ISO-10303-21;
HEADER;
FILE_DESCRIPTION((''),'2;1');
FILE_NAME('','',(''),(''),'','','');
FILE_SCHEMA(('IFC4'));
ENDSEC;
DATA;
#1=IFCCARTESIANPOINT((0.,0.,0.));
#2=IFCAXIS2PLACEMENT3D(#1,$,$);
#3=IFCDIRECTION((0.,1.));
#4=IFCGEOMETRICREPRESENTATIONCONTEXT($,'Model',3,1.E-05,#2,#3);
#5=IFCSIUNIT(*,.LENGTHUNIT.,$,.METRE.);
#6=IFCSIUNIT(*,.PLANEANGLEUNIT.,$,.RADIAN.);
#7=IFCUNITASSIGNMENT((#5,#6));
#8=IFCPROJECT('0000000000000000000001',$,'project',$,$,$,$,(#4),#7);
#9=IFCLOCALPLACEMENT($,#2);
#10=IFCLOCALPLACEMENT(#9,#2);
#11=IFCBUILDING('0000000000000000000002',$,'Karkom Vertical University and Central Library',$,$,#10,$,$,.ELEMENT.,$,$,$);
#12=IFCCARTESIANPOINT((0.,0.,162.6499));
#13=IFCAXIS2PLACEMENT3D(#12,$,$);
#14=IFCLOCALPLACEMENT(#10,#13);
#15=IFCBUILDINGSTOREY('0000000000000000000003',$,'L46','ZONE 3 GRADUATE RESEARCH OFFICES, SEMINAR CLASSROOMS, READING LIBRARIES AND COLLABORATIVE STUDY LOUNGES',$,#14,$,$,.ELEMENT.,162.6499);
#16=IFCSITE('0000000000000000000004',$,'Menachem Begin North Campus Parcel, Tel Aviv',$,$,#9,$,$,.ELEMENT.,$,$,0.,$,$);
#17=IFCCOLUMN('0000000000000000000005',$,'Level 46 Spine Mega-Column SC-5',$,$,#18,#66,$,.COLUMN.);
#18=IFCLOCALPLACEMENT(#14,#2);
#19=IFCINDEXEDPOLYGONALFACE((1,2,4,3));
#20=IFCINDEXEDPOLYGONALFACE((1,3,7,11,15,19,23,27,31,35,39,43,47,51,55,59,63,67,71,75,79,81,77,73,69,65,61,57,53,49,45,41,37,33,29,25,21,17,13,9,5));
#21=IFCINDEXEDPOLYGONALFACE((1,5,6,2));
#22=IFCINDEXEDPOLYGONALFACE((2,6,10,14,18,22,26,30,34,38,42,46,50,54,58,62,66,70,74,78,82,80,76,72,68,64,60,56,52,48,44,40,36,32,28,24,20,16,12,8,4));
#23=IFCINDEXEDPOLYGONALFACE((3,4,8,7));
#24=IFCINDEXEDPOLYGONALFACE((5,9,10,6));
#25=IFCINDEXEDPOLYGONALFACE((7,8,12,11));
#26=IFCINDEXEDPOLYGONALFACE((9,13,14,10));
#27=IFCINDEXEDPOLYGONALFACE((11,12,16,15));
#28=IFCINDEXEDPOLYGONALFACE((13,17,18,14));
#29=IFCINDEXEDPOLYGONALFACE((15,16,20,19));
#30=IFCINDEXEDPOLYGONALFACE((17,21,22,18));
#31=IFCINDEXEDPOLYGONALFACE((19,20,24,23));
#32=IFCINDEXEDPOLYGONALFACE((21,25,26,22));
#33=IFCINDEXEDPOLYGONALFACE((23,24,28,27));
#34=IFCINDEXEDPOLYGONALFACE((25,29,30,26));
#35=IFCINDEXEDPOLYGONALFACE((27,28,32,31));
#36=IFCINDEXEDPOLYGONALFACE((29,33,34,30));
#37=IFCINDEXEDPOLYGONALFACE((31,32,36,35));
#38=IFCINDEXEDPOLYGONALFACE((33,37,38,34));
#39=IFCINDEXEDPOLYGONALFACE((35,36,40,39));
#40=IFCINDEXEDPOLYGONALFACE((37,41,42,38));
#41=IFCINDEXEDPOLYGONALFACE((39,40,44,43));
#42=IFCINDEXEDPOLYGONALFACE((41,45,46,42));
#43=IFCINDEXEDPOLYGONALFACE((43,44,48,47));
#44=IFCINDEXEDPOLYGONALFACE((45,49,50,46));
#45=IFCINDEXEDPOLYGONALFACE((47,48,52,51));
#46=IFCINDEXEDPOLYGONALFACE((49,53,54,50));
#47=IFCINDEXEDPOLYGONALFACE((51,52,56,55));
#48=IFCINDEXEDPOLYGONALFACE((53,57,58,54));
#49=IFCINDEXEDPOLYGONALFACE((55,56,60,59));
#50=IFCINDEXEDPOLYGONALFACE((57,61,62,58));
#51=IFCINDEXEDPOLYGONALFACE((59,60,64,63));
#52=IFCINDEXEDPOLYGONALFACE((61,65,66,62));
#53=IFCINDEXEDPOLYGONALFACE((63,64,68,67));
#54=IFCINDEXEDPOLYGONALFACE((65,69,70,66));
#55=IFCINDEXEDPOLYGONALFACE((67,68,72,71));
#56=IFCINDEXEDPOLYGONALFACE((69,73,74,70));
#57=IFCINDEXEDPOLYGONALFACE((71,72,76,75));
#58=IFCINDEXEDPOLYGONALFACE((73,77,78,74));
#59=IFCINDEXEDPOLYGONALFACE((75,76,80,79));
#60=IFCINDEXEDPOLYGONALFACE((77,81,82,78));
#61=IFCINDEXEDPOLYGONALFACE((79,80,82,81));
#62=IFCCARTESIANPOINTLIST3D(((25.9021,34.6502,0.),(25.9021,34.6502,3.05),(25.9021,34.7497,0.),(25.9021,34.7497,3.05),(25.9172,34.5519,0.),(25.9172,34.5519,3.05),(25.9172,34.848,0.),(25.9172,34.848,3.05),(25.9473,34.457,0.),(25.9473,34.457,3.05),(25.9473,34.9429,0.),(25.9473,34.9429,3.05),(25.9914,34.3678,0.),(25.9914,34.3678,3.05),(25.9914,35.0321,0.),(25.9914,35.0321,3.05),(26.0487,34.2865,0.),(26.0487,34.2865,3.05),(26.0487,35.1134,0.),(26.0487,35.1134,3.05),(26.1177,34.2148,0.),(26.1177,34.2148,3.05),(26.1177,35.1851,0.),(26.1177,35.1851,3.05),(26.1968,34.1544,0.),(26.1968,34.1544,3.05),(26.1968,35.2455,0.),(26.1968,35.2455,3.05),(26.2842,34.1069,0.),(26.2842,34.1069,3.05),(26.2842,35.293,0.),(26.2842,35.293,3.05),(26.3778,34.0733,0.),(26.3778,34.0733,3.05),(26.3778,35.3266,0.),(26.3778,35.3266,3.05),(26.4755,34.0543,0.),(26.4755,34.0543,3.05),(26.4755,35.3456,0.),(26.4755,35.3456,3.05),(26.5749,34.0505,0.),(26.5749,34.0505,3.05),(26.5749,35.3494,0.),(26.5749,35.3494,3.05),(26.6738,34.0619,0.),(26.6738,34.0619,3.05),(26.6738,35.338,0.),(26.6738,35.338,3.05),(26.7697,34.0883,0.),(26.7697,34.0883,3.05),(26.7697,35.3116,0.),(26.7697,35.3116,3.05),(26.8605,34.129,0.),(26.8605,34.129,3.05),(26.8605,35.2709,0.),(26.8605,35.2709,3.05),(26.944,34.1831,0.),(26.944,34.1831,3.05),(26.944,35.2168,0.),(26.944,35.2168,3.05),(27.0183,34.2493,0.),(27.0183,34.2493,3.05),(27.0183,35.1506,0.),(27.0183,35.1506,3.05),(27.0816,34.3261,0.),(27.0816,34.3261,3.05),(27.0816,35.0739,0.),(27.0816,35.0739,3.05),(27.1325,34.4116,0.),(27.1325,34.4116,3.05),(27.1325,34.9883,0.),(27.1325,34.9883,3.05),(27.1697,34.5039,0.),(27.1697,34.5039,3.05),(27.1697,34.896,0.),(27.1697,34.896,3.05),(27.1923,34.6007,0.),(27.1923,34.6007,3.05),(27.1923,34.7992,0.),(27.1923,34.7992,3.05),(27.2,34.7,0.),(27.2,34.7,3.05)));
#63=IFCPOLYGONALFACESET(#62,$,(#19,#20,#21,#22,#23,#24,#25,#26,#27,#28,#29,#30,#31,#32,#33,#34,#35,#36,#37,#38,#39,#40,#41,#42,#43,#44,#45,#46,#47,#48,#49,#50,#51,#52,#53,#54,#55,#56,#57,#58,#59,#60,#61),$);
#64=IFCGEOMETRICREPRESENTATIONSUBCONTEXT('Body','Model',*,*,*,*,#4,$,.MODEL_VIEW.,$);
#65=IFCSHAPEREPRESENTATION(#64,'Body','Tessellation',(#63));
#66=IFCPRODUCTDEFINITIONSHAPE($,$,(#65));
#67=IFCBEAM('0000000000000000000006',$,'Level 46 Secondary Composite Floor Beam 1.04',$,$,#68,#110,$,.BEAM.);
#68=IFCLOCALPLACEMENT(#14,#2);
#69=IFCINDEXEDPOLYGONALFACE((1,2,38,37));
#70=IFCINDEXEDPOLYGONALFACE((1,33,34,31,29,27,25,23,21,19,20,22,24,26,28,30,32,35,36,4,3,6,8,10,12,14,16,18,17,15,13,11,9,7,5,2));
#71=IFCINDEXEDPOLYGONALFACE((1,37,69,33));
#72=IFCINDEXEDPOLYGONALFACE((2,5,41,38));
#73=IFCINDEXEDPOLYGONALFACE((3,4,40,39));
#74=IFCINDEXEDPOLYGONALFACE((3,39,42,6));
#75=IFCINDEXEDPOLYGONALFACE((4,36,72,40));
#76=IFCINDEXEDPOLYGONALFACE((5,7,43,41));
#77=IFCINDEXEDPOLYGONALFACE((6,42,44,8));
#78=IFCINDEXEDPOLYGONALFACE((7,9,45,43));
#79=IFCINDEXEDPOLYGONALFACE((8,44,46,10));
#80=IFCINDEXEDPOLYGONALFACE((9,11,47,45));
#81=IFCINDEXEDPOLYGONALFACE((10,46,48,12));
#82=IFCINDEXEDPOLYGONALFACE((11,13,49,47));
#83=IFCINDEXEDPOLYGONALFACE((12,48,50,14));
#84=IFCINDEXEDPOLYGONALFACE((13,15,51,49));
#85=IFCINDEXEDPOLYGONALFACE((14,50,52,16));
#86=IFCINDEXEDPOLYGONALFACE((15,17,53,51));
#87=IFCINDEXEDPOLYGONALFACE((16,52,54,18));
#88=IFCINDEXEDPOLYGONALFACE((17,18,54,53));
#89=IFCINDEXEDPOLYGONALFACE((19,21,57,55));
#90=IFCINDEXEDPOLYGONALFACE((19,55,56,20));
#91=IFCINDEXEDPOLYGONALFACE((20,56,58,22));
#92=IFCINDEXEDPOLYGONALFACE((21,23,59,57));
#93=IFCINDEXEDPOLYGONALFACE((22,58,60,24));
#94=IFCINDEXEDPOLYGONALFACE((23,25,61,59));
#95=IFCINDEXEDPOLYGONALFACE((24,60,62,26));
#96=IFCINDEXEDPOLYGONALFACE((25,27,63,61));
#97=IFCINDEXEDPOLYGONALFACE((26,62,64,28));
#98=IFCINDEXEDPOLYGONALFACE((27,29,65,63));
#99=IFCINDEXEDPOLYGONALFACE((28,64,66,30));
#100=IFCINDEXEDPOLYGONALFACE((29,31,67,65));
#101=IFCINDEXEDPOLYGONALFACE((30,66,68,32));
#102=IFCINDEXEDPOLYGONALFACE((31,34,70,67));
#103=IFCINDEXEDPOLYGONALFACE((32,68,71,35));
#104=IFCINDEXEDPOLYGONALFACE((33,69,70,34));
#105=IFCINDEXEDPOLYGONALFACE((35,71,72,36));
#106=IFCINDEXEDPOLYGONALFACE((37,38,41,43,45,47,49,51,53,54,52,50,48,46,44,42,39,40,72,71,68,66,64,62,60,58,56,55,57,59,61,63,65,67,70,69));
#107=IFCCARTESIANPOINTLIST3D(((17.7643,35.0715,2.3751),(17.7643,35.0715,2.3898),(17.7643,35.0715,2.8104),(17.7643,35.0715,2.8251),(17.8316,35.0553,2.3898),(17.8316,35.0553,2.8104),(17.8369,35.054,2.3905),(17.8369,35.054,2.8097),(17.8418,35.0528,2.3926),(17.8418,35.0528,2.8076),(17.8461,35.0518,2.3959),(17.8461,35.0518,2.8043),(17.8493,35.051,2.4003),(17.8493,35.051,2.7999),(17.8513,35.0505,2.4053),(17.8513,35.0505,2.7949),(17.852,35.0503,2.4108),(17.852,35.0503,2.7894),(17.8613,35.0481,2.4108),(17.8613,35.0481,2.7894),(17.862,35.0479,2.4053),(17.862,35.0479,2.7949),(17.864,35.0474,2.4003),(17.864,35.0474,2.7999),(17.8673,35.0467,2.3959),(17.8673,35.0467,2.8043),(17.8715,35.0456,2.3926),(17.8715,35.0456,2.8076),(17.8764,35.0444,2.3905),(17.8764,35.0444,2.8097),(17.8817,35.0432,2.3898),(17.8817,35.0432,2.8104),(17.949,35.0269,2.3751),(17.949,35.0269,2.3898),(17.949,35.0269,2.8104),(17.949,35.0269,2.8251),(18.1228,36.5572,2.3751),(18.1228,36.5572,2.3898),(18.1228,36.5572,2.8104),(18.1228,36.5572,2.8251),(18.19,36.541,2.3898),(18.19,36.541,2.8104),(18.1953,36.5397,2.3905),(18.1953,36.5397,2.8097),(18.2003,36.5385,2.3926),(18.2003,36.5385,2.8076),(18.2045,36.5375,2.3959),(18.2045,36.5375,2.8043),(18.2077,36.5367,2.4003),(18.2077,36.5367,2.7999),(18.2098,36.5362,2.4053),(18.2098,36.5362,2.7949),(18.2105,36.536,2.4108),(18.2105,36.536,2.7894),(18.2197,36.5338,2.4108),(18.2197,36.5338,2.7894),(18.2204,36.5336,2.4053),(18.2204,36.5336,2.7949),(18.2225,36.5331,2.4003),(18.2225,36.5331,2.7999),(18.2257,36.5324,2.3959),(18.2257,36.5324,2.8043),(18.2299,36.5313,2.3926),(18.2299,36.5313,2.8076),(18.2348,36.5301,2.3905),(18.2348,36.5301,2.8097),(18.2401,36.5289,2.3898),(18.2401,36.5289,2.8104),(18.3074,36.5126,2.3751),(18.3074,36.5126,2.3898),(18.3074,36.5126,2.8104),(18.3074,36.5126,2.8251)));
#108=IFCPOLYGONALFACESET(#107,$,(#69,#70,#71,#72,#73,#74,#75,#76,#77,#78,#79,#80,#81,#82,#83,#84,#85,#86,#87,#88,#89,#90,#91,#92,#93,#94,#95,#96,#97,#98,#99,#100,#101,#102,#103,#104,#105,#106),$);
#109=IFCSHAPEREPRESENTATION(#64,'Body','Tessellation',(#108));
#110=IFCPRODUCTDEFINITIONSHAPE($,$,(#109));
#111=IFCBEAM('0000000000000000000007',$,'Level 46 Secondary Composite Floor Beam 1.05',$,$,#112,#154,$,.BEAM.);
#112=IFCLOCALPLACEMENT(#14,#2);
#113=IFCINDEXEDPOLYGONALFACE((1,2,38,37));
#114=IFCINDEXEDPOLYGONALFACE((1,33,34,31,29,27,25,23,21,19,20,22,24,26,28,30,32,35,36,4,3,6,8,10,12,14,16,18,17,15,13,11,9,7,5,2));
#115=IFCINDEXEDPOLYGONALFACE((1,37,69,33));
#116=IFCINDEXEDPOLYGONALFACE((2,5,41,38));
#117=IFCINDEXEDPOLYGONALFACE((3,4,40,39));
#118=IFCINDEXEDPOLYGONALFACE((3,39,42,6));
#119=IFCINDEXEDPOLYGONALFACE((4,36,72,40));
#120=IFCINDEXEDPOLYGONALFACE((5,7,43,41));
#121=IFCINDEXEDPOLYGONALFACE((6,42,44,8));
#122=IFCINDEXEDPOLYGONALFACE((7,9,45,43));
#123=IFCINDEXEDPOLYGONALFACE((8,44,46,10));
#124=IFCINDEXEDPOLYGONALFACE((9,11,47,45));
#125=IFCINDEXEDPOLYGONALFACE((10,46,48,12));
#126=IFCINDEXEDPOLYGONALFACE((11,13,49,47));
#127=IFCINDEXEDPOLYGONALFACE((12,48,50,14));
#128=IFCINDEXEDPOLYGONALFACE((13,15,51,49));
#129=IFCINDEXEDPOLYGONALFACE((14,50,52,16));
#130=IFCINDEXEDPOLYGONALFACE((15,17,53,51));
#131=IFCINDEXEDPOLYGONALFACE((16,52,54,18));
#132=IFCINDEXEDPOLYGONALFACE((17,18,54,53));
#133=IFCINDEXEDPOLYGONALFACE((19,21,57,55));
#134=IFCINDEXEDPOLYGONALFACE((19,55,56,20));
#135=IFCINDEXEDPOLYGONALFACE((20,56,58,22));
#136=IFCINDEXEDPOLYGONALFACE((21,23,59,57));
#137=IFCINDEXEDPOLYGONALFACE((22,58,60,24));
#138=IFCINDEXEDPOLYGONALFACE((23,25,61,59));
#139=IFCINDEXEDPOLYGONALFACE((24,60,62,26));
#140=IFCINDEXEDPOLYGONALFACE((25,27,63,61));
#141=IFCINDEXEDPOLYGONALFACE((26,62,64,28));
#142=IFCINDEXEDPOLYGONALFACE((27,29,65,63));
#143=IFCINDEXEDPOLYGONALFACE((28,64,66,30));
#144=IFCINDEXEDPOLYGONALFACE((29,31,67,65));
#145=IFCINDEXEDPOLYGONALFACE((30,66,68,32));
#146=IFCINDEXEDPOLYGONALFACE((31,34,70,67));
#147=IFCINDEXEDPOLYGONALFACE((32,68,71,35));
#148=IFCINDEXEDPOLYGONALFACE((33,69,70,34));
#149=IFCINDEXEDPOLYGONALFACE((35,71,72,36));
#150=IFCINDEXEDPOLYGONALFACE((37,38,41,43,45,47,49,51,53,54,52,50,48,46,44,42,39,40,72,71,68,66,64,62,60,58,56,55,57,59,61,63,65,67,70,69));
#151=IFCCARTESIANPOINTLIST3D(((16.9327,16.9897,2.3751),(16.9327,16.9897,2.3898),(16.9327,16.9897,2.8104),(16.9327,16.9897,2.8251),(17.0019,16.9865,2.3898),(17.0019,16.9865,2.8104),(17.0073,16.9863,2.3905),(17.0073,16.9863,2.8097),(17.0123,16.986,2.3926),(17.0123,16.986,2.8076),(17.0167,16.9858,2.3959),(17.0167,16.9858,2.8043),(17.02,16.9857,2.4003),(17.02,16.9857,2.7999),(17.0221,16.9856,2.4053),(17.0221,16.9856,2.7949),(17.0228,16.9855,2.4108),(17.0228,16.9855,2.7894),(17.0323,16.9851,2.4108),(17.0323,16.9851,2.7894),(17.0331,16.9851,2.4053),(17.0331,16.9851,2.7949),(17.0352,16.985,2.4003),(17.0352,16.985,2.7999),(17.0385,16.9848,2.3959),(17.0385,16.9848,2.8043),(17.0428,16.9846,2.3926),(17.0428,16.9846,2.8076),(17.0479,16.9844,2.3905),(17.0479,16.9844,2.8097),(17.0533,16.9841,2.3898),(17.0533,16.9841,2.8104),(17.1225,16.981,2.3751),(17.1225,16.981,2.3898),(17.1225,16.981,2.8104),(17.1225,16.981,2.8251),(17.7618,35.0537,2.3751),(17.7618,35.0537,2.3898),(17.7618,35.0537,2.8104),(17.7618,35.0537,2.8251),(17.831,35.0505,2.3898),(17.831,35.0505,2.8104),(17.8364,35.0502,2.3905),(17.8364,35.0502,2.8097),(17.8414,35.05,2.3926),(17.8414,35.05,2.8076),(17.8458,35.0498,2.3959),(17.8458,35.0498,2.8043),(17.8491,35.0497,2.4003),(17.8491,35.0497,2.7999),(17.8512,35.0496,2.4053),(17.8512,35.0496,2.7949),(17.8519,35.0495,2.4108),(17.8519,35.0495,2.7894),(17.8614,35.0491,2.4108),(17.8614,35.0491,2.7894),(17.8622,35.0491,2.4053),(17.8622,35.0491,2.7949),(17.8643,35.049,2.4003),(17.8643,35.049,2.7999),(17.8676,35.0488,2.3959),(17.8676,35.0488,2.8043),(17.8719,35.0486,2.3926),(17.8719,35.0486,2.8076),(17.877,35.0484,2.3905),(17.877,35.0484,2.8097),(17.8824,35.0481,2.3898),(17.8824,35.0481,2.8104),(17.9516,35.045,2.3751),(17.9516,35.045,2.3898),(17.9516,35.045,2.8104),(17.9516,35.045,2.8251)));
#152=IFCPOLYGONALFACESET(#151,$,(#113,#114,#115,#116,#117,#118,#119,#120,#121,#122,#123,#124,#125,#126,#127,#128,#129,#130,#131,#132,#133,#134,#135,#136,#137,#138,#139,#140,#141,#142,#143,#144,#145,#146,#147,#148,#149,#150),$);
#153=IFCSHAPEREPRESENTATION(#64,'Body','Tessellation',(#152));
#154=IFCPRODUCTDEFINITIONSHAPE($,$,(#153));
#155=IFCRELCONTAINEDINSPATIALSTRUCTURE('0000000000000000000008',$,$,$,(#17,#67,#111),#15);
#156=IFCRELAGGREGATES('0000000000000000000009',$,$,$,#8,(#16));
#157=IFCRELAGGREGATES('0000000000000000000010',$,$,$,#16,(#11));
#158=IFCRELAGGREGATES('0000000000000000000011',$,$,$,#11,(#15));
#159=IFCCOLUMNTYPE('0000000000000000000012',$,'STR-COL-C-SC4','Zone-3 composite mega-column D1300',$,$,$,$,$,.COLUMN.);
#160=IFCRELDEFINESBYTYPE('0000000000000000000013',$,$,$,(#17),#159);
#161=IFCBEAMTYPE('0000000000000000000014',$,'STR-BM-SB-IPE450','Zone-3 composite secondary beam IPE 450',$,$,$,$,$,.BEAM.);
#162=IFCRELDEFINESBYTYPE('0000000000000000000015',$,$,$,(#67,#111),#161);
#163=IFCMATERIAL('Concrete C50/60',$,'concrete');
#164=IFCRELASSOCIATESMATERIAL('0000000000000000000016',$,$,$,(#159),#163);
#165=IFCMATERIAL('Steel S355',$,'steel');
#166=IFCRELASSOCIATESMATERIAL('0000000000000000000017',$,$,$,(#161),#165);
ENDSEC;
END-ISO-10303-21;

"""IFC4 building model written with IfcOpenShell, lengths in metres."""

from ifc_helpers import new_model, si_unit, direction, frame, origin, origin_with_axes, origin_2d, place, context, subcontext, project, spatial, circle, i_section, extrude, source, transform, mapped, material, material_profile, profile_set, type_object, element, save


model = new_model("IFC4")

# Units and contexts
model_context = context("Model", 3, precision=1e-05, world=origin(), true_north=direction((0.0, 1.0)))
body_context = subcontext(model_context, "Body", "Model", "MODEL_VIEW")
ifc_project = project(units=[si_unit("LENGTHUNIT", "METRE"), si_unit("PLANEANGLEUNIT", "RADIAN")], contexts=[model_context])

# Site, building, storey
site_placement = place(None, origin())
site = spatial("IfcSite", under=ifc_project, at=site_placement, Name="Menachem Begin North Campus Parcel, Tel Aviv", CompositionType="ELEMENT", RefElevation=0.0)
building_placement = place(site_placement, origin())
building = spatial("IfcBuilding", under=site, at=building_placement, Name="Karkom Vertical University and Central Library", CompositionType="ELEMENT")
storey_placement = place(building_placement, frame((0.0, 0.0, 162.6499)))
storey = spatial("IfcBuildingStorey", under=building, at=storey_placement, Name="L46", Description="ZONE 3 GRADUATE RESEARCH OFFICES, SEMINAR CLASSROOMS, READING LIBRARIES AND COLLABORATIVE STUDY LOUNGES", CompositionType="ELEMENT", Elevation=162.6499)

# Column
ifc_material_1 = material(Name="Concrete C50/60", Category="concrete")
ifc_material_profile_1 = material_profile(ifc_material_1, circle(Radius=0.6499, at=origin_2d()), Name="CFT-D1300")
ifc_profile_set_1 = profile_set([ifc_material_profile_1], Name="Concrete C50/60")
column_type = type_object("IfcColumnType", Name="STR-COL-C-SC4", Description="Zone-3 composite mega-column D1300", PredefinedType="COLUMN", material=ifc_profile_set_1)
shared_shape_1 = source(origin_with_axes(), body_context, "Body", "SweptSolid", [
    extrude(circle(Radius=0.6499, at=origin_2d()), origin(), (0.0, 0.0, 1.0), 3.05),
])
column_placement = place(storey_placement, frame((26.55, 34.7, 0.0), z_axis=(0.0, 0.0, 1.0), x_axis=(1.0, 0.0, 0.0)))
element("IfcColumn", 1, at=column_placement, inside=storey, type_object=column_type, Name="Level 46 Spine Mega-Column SC-5", PredefinedType="COLUMN", context=body_context, shape_type="MappedRepresentation", body=[
    mapped(shared_shape_1, transform((0.0, 0.0, 0.0), scale=1.0)),
])

# Beams
ifc_material_2 = material(Name="Steel S355", Category="steel")
ifc_material_profile_2 = material_profile(ifc_material_2, i_section(OverallWidth=0.1899, OverallDepth=0.45, WebThickness=0.0095, FlangeThickness=0.0146, FilletRadius=0.021, at=origin_2d()), Name="IPE 450")
ifc_profile_set_2 = profile_set([ifc_material_profile_2], Name="Steel S355")
beam_type_1 = type_object("IfcBeamType", Name="STR-BM-SB-IPE450", Description="Zone-3 composite secondary beam IPE 450", PredefinedType="BEAM", material=ifc_profile_set_2)
shared_shape_2 = source(origin_with_axes(), body_context, "Body", "SweptSolid", [
    extrude(i_section(OverallWidth=0.1899, OverallDepth=0.45, WebThickness=0.0095, FlangeThickness=0.0146, FilletRadius=0.021, at=origin_2d()), origin(), (0.0, 0.0, 1.0), 1.5283),
])
beam_1_placement = place(storey_placement, frame((18.2151, 36.5349, 2.6001), z_axis=(-0.234521, -0.972111, 0.0), x_axis=(0.972111, -0.234521, 0.0)))
element("IfcBeam", 2, at=beam_1_placement, inside=storey, type_object=beam_type_1, Name="Level 46 Secondary Composite Floor Beam 1.04", PredefinedType="BEAM", context=body_context, shape_type="MappedRepresentation", body=[
    mapped(shared_shape_2, transform((0.0, 0.0, 0.0), scale=1.0)),
])
shared_shape_3 = source(origin_with_axes(), body_context, "Body", "SweptSolid", [
    extrude(i_section(OverallWidth=0.1899, OverallDepth=0.45, WebThickness=0.0095, FlangeThickness=0.0146, FilletRadius=0.021, at=origin_2d()), origin(), (0.0, 0.0, 1.0), 18.083),
])
beam_2_placement = place(storey_placement, frame((17.8567, 35.0493, 2.6001), z_axis=(-0.04585, -0.998948, 0.0), x_axis=(0.998948, -0.04585, 0.0)))
element("IfcBeam", 3, at=beam_2_placement, inside=storey, type_object=beam_type_1, Name="Level 46 Secondary Composite Floor Beam 1.05", PredefinedType="BEAM", context=body_context, shape_type="MappedRepresentation", body=[
    mapped(shared_shape_3, transform((0.0, 0.0, 0.0), scale=1.0)),
])

save(model, "model.ifc")
